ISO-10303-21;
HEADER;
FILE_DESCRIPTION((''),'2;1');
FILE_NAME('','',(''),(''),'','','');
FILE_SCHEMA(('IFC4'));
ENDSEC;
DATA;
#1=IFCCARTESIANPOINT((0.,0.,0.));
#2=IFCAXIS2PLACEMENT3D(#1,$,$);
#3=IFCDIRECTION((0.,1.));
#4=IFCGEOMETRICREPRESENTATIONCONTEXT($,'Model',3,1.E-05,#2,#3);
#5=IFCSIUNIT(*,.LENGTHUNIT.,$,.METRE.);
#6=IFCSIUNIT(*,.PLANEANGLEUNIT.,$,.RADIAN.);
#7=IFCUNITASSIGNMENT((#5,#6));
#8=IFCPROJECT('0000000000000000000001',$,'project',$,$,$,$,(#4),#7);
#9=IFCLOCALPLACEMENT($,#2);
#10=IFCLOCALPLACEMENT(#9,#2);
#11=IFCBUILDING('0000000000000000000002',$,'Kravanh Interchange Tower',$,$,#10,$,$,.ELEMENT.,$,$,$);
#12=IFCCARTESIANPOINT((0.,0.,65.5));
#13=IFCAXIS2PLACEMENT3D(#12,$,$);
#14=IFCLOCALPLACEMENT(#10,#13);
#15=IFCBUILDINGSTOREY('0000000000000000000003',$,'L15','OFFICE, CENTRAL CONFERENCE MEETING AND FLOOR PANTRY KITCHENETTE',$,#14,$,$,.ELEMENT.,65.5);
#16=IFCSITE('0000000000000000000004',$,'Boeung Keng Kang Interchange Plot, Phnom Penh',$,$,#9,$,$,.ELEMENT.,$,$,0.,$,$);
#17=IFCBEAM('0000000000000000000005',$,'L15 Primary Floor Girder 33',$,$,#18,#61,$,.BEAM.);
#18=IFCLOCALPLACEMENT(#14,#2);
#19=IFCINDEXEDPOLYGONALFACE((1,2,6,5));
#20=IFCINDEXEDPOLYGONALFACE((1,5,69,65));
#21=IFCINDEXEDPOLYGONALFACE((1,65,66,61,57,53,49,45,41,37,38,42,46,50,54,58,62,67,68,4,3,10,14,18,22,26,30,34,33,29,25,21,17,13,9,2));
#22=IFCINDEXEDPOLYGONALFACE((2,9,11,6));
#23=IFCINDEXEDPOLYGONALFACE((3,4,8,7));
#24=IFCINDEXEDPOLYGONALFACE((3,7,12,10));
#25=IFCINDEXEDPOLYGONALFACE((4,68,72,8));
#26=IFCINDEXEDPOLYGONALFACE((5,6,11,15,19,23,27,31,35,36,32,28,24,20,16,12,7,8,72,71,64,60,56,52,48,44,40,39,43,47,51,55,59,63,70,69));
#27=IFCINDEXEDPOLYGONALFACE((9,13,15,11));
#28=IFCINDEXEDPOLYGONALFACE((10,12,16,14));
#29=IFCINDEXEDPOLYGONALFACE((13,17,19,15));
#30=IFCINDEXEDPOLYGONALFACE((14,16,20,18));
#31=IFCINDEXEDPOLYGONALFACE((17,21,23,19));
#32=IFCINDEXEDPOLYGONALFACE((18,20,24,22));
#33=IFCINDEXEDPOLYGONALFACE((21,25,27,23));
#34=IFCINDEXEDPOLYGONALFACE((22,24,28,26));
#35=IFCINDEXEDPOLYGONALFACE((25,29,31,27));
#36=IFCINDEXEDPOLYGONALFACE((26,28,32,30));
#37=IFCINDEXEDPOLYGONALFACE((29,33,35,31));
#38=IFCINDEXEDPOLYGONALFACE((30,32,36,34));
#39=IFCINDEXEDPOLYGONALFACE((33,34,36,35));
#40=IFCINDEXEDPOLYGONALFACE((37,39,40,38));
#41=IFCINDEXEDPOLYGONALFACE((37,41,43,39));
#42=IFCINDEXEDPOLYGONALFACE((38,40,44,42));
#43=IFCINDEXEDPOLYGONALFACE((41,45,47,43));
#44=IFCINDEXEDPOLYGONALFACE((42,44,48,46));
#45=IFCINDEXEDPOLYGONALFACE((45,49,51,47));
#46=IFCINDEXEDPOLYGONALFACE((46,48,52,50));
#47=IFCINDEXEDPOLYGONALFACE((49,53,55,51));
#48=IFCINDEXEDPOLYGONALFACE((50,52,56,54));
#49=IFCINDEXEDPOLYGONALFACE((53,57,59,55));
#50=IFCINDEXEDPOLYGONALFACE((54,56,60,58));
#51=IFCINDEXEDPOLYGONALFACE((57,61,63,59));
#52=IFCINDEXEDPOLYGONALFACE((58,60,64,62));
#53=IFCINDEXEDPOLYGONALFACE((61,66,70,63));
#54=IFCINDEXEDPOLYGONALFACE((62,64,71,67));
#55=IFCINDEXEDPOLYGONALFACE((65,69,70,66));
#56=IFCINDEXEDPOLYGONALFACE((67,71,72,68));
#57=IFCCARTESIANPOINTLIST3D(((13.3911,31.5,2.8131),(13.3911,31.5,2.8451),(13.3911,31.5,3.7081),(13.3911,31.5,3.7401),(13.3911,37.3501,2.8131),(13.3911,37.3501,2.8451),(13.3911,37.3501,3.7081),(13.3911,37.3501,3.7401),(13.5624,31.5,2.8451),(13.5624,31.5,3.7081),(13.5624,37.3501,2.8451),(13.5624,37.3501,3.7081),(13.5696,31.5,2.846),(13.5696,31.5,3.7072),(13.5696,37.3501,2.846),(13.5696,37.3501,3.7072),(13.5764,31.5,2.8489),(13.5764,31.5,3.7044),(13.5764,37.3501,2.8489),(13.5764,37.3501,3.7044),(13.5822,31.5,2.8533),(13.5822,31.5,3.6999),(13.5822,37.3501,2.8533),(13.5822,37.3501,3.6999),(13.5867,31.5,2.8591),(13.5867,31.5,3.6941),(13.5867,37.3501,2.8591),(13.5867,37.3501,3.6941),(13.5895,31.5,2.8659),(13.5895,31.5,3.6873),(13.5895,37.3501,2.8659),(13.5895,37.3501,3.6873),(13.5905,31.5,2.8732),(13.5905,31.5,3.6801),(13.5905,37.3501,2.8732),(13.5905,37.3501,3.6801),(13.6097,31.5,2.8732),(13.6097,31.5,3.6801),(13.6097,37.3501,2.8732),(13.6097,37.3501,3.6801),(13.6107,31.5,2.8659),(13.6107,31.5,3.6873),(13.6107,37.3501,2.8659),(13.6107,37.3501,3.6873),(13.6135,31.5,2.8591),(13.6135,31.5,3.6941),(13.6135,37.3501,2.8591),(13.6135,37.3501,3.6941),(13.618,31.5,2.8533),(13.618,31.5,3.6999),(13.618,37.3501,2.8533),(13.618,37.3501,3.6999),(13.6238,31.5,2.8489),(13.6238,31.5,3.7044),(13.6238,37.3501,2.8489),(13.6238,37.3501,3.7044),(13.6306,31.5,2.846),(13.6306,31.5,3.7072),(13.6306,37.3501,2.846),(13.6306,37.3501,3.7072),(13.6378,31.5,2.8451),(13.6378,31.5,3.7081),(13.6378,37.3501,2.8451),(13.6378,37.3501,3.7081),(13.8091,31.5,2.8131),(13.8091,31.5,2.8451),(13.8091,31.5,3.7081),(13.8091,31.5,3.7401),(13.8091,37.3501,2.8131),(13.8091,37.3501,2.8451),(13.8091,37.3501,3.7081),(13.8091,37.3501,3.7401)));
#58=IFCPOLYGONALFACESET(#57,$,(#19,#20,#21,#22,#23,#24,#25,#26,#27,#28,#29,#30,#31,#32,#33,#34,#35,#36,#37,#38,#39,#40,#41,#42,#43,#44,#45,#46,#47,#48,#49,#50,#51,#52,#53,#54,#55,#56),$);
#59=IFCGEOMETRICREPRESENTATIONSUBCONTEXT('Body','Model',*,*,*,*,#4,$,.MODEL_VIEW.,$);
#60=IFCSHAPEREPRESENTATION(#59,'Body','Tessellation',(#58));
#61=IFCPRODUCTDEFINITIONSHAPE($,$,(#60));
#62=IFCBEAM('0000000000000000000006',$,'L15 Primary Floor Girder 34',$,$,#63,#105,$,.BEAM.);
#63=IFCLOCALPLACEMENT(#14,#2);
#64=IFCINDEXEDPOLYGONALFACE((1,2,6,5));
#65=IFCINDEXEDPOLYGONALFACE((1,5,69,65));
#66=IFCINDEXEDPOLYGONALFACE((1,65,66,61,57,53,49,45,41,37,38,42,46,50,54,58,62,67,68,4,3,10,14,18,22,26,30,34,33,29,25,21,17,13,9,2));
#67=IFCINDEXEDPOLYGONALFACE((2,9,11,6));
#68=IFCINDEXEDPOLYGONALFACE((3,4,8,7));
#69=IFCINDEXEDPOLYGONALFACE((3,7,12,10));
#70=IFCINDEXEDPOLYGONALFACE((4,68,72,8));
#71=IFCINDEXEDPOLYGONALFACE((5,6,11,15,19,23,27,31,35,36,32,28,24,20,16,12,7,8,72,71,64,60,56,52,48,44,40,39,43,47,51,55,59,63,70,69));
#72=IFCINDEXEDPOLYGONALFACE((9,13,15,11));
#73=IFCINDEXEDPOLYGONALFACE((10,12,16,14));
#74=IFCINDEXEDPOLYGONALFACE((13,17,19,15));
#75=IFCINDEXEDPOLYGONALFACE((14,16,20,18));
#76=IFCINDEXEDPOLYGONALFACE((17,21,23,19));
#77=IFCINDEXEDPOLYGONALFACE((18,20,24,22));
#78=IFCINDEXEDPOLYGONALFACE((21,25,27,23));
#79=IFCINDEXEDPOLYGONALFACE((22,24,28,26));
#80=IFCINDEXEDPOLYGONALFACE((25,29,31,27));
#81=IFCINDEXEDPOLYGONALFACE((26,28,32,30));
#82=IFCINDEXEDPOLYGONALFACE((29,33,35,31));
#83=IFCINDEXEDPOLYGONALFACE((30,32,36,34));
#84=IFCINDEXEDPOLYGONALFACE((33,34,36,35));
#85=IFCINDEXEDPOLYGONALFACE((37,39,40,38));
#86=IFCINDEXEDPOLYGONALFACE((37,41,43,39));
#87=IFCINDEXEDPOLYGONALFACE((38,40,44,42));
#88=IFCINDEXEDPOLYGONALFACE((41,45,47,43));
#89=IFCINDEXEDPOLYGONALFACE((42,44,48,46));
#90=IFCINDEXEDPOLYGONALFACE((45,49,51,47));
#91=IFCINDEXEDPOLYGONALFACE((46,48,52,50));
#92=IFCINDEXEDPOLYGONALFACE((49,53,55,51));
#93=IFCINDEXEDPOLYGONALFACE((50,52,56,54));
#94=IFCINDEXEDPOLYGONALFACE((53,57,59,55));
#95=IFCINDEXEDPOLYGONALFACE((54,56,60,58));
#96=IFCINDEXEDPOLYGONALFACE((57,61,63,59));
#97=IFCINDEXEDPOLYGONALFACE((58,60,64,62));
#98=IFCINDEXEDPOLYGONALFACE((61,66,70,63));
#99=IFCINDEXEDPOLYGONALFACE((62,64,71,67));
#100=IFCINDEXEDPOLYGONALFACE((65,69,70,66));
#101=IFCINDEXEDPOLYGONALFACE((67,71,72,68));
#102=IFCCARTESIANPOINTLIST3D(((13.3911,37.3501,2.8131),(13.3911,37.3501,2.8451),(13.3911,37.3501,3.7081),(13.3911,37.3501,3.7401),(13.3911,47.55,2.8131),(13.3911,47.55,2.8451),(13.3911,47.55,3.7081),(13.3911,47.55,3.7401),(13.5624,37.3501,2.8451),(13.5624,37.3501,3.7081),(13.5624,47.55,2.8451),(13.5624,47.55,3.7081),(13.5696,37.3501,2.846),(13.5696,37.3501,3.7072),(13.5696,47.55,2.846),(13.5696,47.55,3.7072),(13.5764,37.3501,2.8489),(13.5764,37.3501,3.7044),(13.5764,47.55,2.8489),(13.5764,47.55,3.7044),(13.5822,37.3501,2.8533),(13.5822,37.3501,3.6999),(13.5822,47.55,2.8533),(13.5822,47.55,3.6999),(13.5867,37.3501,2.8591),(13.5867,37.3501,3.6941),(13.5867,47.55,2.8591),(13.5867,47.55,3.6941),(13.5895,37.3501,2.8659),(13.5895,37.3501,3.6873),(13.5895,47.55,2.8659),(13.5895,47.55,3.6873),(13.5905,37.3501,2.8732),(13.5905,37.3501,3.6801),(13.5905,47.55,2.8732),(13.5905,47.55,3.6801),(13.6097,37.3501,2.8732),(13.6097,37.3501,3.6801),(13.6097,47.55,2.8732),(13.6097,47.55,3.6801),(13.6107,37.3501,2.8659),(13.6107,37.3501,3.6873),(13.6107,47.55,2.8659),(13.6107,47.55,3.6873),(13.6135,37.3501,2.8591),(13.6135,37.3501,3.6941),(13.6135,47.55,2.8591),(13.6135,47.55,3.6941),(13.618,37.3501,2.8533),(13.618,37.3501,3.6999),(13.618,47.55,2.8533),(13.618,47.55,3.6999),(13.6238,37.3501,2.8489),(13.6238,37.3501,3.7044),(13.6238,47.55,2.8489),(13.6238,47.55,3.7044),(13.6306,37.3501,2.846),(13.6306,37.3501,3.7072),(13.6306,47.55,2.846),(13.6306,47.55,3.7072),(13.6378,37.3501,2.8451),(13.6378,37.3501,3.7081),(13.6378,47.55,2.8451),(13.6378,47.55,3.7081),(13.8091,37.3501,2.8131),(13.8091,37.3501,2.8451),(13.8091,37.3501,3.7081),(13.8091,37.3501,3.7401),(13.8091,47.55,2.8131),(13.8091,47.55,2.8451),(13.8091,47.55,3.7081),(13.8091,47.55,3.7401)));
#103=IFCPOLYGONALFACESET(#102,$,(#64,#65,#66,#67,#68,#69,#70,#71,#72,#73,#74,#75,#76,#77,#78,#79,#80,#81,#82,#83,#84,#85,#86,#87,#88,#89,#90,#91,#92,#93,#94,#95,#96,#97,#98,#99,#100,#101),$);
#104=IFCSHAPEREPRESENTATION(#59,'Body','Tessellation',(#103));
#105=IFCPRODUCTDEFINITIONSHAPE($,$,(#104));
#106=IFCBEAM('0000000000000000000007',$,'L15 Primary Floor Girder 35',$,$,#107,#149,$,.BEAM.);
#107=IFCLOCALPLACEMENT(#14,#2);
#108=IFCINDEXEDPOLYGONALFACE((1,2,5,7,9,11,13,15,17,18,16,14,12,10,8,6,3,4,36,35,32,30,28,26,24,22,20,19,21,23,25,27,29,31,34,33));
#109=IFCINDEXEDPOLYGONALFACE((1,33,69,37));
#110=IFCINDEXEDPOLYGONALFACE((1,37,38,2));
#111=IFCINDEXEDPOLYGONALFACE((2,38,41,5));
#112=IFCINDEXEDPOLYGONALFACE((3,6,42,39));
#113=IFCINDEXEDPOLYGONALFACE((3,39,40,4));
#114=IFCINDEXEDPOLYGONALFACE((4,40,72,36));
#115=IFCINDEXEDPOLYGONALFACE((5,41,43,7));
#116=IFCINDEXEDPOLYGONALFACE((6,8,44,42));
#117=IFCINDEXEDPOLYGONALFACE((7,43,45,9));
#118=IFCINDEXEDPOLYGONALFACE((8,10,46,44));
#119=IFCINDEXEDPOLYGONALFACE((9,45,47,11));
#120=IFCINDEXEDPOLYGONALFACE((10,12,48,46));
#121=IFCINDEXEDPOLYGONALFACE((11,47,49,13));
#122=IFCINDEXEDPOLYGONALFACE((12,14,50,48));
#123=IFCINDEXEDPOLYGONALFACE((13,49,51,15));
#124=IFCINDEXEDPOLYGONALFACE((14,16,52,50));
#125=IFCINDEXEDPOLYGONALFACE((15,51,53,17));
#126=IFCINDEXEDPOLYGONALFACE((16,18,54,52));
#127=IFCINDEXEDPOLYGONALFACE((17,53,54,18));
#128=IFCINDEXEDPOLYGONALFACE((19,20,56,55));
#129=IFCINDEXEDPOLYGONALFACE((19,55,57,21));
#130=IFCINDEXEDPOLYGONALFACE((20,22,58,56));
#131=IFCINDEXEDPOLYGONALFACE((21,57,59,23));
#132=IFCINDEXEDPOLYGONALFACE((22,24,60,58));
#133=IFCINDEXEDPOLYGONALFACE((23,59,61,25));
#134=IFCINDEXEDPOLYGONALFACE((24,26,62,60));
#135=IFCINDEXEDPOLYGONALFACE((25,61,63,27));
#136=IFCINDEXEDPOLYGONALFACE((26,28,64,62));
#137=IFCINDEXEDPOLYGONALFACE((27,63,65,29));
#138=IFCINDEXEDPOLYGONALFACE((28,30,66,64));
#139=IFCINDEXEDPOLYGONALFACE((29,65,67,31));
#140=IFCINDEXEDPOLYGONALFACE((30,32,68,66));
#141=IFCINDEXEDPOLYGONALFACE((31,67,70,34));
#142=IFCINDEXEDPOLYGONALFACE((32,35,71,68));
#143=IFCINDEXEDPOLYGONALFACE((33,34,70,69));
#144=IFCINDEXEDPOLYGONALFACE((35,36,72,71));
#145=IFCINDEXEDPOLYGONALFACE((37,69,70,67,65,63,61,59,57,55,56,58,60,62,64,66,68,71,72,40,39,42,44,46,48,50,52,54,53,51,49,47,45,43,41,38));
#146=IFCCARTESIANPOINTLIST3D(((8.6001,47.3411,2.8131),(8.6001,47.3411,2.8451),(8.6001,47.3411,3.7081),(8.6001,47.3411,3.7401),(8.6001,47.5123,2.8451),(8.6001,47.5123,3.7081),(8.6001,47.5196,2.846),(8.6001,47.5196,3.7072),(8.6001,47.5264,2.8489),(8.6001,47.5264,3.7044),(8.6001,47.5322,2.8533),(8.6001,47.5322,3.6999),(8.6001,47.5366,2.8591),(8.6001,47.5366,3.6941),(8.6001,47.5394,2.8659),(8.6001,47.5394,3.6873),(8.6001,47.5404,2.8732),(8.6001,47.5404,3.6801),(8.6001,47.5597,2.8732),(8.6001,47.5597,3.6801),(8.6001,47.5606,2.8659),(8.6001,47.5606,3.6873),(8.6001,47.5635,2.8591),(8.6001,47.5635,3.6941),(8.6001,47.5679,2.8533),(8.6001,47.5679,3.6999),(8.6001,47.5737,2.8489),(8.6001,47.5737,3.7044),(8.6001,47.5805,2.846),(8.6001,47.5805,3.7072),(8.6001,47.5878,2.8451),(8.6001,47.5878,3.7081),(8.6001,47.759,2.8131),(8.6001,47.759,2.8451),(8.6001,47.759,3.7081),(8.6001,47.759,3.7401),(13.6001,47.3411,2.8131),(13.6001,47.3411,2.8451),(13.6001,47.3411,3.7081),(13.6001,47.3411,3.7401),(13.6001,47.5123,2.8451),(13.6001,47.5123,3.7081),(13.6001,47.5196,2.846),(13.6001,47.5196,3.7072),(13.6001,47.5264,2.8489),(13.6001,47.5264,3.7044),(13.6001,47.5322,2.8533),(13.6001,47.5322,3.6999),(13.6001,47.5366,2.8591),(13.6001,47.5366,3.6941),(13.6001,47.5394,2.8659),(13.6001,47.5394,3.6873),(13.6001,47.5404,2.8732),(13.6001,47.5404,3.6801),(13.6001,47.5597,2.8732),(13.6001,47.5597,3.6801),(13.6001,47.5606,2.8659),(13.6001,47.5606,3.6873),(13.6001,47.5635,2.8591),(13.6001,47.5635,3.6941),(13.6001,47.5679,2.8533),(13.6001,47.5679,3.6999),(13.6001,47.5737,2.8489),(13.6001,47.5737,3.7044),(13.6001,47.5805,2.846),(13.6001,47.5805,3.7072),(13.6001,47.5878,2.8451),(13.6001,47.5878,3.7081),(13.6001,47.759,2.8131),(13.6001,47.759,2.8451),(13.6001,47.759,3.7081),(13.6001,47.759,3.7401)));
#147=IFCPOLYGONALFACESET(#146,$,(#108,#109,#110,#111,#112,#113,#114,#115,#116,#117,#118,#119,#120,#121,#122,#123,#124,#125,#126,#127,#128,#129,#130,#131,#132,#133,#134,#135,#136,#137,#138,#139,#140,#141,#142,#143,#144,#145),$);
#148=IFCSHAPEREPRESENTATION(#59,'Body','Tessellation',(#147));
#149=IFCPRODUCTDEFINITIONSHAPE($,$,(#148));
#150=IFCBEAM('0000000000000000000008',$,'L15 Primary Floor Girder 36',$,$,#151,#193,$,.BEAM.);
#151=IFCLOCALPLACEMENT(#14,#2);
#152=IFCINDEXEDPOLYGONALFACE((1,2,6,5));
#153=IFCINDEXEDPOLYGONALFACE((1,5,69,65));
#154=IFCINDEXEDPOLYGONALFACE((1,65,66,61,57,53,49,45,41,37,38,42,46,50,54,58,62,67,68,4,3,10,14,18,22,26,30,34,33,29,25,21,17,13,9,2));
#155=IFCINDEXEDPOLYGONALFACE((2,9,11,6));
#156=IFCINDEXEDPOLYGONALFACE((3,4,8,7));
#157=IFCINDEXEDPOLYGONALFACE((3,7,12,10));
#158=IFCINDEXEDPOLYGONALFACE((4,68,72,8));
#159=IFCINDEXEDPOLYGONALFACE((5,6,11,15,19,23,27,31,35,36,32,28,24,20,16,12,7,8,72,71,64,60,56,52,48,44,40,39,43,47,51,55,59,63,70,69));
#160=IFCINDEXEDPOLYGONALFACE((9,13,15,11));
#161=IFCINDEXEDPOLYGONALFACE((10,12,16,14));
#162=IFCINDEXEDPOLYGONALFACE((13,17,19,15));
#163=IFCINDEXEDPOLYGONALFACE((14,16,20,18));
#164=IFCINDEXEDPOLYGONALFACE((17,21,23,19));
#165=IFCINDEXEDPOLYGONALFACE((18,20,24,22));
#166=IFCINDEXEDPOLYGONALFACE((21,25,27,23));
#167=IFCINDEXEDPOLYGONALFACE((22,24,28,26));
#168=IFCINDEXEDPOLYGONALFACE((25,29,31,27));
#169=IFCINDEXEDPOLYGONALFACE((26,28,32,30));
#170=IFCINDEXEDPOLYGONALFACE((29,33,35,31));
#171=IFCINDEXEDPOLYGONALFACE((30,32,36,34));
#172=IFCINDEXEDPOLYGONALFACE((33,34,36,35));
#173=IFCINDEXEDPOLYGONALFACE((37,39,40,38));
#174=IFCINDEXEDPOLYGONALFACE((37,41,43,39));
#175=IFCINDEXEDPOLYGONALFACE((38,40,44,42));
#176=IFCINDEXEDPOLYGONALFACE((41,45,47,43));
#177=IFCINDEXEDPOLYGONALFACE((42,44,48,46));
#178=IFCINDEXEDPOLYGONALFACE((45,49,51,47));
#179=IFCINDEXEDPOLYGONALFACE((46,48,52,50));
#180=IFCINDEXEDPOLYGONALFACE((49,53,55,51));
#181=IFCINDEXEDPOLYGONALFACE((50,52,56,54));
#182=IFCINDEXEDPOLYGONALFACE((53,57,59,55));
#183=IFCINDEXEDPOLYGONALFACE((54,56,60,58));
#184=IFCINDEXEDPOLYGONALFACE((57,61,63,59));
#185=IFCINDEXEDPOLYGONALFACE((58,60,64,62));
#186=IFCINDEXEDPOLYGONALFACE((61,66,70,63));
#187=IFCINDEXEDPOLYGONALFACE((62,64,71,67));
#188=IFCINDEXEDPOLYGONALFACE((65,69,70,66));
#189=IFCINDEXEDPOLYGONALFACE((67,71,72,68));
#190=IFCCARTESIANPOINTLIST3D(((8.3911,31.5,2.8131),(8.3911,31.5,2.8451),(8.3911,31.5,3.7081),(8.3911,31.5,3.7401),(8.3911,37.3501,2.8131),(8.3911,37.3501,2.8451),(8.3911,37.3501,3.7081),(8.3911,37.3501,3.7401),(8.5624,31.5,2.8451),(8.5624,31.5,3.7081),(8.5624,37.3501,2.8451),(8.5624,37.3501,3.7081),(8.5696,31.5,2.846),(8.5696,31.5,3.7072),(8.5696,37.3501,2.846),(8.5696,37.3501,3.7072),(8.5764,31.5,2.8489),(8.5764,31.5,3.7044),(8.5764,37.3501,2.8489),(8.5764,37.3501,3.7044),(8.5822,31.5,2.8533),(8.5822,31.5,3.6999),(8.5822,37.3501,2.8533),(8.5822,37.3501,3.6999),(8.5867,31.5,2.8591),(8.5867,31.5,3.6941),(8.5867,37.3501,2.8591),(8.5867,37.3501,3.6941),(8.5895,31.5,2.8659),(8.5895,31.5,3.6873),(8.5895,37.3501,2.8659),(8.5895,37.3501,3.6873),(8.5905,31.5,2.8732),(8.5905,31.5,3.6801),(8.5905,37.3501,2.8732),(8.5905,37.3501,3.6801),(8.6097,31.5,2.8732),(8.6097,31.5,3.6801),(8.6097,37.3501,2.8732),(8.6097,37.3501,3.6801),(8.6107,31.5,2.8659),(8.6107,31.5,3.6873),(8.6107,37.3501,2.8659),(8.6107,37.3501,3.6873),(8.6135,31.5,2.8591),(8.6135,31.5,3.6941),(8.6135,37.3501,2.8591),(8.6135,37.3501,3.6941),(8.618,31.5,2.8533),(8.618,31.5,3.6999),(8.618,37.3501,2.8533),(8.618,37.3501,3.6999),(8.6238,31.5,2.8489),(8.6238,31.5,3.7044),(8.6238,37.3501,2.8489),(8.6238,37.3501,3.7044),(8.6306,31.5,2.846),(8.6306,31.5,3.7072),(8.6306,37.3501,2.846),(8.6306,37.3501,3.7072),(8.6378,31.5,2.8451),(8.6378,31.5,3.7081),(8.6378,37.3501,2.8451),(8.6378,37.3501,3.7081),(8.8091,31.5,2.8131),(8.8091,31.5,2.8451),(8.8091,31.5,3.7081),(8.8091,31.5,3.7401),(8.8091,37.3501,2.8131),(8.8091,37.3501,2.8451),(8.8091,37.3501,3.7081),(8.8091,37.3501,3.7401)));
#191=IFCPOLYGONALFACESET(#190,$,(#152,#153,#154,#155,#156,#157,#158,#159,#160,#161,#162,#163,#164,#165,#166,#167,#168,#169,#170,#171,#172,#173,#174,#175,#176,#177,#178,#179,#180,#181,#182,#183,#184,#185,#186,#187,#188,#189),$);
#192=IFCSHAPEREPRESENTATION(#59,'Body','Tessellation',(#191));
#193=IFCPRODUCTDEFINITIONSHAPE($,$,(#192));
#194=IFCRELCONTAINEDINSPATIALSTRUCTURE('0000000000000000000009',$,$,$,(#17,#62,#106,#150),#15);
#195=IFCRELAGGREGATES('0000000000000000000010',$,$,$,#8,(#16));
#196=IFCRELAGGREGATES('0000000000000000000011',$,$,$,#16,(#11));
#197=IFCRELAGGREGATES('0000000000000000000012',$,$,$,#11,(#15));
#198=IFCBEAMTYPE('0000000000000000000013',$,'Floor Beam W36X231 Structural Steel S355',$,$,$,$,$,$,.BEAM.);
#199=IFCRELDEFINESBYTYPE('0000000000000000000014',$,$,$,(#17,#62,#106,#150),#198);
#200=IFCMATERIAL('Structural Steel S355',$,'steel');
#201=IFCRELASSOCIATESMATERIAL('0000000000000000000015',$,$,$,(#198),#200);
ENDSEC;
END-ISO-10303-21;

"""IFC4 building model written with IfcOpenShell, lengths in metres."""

from ifc_helpers import new_model, si_unit, direction, frame, origin, origin_2d, place, context, subcontext, project, spatial, i_section, extrude, material, material_profile, profile_set, type_object, element, save


model = new_model("IFC4")

# Units and contexts
model_context = context("Model", 3, precision=1e-05, world=origin(), true_north=direction((0.0, 1.0)))
body_context = subcontext(model_context, "Body", "Model", "MODEL_VIEW")
ifc_project = project(units=[si_unit("LENGTHUNIT", "METRE"), si_unit("PLANEANGLEUNIT", "RADIAN")], contexts=[model_context])

# Site, building, storey
site_placement = place(None, origin())
site = spatial("IfcSite", under=ifc_project, at=site_placement, Name="Boeung Keng Kang Interchange Plot, Phnom Penh", CompositionType="ELEMENT", RefElevation=0.0)
building_placement = place(site_placement, origin())
building = spatial("IfcBuilding", under=site, at=building_placement, Name="Kravanh Interchange Tower", CompositionType="ELEMENT")
storey_placement = place(building_placement, frame((0.0, 0.0, 65.5)))
storey = spatial("IfcBuildingStorey", under=building, at=storey_placement, Name="L15", Description="OFFICE, CENTRAL CONFERENCE MEETING AND FLOOR PANTRY KITCHENETTE", CompositionType="ELEMENT", Elevation=65.5)

# Beams
ifc_material_1 = material(Name="Structural Steel S355", Category="steel")
ifc_material_profile_1 = material_profile(ifc_material_1, i_section(OverallWidth=0.418, OverallDepth=0.927, WebThickness=0.0193, FlangeThickness=0.032, FilletRadius=0.0281, at=origin_2d()), Name="W36X231")
ifc_profile_set_1 = profile_set([ifc_material_profile_1], Name="Structural Steel S355")
beam_type = type_object("IfcBeamType", Name="Floor Beam W36X231 Structural Steel S355", PredefinedType="BEAM", material=ifc_profile_set_1)
beam_1_placement = place(storey_placement, frame((13.6001, 37.3501, 3.2766), z_axis=(0.0, -1.0, 0.0), x_axis=(1.0, 0.0, 0.0)))
element("IfcBeam", 1, at=beam_1_placement, inside=storey, type_object=beam_type, Name="L15 Primary Floor Girder 33", PredefinedType="BEAM", context=body_context, shape_type="SweptSolid", body=[
    extrude(i_section(OverallWidth=0.418, OverallDepth=0.927, WebThickness=0.0193, FlangeThickness=0.032, FilletRadius=0.0281, at=origin_2d()), origin(), (0.0, 0.0, 1.0), 5.8501),
])
beam_2_placement = place(storey_placement, frame((13.6001, 37.3501, 3.2766), z_axis=(0.0, 1.0, 0.0), x_axis=(-1.0, 0.0, 0.0)))
element("IfcBeam", 2, at=beam_2_placement, inside=storey, type_object=beam_type, Name="L15 Primary Floor Girder 34", PredefinedType="BEAM", context=body_context, shape_type="SweptSolid", body=[
    extrude(i_section(OverallWidth=0.418, OverallDepth=0.927, WebThickness=0.0193, FlangeThickness=0.032, FilletRadius=0.0281, at=origin_2d()), origin(), (0.0, 0.0, 1.0), 10.2),
])
beam_3_placement = place(storey_placement, frame((13.6001, 47.55, 3.2766), z_axis=(-1.0, 0.0, 0.0), x_axis=(0.0, -1.0, 0.0)))
element("IfcBeam", 3, at=beam_3_placement, inside=storey, type_object=beam_type, Name="L15 Primary Floor Girder 35", PredefinedType="BEAM", context=body_context, shape_type="SweptSolid", body=[
    extrude(i_section(OverallWidth=0.418, OverallDepth=0.927, WebThickness=0.0193, FlangeThickness=0.032, FilletRadius=0.0281, at=origin_2d()), origin(), (0.0, 0.0, 1.0), 5.0),
])
beam_4_placement = place(storey_placement, frame((8.6001, 37.3501, 3.2766), z_axis=(0.0, -1.0, 0.0), x_axis=(1.0, 0.0, 0.0)))
element("IfcBeam", 4, at=beam_4_placement, inside=storey, type_object=beam_type, Name="L15 Primary Floor Girder 36", PredefinedType="BEAM", context=body_context, shape_type="SweptSolid", body=[
    extrude(i_section(OverallWidth=0.418, OverallDepth=0.927, WebThickness=0.0193, FlangeThickness=0.032, FilletRadius=0.0281, at=origin_2d()), origin(), (0.0, 0.0, 1.0), 5.8501),
])

save(model, "model.ifc")
